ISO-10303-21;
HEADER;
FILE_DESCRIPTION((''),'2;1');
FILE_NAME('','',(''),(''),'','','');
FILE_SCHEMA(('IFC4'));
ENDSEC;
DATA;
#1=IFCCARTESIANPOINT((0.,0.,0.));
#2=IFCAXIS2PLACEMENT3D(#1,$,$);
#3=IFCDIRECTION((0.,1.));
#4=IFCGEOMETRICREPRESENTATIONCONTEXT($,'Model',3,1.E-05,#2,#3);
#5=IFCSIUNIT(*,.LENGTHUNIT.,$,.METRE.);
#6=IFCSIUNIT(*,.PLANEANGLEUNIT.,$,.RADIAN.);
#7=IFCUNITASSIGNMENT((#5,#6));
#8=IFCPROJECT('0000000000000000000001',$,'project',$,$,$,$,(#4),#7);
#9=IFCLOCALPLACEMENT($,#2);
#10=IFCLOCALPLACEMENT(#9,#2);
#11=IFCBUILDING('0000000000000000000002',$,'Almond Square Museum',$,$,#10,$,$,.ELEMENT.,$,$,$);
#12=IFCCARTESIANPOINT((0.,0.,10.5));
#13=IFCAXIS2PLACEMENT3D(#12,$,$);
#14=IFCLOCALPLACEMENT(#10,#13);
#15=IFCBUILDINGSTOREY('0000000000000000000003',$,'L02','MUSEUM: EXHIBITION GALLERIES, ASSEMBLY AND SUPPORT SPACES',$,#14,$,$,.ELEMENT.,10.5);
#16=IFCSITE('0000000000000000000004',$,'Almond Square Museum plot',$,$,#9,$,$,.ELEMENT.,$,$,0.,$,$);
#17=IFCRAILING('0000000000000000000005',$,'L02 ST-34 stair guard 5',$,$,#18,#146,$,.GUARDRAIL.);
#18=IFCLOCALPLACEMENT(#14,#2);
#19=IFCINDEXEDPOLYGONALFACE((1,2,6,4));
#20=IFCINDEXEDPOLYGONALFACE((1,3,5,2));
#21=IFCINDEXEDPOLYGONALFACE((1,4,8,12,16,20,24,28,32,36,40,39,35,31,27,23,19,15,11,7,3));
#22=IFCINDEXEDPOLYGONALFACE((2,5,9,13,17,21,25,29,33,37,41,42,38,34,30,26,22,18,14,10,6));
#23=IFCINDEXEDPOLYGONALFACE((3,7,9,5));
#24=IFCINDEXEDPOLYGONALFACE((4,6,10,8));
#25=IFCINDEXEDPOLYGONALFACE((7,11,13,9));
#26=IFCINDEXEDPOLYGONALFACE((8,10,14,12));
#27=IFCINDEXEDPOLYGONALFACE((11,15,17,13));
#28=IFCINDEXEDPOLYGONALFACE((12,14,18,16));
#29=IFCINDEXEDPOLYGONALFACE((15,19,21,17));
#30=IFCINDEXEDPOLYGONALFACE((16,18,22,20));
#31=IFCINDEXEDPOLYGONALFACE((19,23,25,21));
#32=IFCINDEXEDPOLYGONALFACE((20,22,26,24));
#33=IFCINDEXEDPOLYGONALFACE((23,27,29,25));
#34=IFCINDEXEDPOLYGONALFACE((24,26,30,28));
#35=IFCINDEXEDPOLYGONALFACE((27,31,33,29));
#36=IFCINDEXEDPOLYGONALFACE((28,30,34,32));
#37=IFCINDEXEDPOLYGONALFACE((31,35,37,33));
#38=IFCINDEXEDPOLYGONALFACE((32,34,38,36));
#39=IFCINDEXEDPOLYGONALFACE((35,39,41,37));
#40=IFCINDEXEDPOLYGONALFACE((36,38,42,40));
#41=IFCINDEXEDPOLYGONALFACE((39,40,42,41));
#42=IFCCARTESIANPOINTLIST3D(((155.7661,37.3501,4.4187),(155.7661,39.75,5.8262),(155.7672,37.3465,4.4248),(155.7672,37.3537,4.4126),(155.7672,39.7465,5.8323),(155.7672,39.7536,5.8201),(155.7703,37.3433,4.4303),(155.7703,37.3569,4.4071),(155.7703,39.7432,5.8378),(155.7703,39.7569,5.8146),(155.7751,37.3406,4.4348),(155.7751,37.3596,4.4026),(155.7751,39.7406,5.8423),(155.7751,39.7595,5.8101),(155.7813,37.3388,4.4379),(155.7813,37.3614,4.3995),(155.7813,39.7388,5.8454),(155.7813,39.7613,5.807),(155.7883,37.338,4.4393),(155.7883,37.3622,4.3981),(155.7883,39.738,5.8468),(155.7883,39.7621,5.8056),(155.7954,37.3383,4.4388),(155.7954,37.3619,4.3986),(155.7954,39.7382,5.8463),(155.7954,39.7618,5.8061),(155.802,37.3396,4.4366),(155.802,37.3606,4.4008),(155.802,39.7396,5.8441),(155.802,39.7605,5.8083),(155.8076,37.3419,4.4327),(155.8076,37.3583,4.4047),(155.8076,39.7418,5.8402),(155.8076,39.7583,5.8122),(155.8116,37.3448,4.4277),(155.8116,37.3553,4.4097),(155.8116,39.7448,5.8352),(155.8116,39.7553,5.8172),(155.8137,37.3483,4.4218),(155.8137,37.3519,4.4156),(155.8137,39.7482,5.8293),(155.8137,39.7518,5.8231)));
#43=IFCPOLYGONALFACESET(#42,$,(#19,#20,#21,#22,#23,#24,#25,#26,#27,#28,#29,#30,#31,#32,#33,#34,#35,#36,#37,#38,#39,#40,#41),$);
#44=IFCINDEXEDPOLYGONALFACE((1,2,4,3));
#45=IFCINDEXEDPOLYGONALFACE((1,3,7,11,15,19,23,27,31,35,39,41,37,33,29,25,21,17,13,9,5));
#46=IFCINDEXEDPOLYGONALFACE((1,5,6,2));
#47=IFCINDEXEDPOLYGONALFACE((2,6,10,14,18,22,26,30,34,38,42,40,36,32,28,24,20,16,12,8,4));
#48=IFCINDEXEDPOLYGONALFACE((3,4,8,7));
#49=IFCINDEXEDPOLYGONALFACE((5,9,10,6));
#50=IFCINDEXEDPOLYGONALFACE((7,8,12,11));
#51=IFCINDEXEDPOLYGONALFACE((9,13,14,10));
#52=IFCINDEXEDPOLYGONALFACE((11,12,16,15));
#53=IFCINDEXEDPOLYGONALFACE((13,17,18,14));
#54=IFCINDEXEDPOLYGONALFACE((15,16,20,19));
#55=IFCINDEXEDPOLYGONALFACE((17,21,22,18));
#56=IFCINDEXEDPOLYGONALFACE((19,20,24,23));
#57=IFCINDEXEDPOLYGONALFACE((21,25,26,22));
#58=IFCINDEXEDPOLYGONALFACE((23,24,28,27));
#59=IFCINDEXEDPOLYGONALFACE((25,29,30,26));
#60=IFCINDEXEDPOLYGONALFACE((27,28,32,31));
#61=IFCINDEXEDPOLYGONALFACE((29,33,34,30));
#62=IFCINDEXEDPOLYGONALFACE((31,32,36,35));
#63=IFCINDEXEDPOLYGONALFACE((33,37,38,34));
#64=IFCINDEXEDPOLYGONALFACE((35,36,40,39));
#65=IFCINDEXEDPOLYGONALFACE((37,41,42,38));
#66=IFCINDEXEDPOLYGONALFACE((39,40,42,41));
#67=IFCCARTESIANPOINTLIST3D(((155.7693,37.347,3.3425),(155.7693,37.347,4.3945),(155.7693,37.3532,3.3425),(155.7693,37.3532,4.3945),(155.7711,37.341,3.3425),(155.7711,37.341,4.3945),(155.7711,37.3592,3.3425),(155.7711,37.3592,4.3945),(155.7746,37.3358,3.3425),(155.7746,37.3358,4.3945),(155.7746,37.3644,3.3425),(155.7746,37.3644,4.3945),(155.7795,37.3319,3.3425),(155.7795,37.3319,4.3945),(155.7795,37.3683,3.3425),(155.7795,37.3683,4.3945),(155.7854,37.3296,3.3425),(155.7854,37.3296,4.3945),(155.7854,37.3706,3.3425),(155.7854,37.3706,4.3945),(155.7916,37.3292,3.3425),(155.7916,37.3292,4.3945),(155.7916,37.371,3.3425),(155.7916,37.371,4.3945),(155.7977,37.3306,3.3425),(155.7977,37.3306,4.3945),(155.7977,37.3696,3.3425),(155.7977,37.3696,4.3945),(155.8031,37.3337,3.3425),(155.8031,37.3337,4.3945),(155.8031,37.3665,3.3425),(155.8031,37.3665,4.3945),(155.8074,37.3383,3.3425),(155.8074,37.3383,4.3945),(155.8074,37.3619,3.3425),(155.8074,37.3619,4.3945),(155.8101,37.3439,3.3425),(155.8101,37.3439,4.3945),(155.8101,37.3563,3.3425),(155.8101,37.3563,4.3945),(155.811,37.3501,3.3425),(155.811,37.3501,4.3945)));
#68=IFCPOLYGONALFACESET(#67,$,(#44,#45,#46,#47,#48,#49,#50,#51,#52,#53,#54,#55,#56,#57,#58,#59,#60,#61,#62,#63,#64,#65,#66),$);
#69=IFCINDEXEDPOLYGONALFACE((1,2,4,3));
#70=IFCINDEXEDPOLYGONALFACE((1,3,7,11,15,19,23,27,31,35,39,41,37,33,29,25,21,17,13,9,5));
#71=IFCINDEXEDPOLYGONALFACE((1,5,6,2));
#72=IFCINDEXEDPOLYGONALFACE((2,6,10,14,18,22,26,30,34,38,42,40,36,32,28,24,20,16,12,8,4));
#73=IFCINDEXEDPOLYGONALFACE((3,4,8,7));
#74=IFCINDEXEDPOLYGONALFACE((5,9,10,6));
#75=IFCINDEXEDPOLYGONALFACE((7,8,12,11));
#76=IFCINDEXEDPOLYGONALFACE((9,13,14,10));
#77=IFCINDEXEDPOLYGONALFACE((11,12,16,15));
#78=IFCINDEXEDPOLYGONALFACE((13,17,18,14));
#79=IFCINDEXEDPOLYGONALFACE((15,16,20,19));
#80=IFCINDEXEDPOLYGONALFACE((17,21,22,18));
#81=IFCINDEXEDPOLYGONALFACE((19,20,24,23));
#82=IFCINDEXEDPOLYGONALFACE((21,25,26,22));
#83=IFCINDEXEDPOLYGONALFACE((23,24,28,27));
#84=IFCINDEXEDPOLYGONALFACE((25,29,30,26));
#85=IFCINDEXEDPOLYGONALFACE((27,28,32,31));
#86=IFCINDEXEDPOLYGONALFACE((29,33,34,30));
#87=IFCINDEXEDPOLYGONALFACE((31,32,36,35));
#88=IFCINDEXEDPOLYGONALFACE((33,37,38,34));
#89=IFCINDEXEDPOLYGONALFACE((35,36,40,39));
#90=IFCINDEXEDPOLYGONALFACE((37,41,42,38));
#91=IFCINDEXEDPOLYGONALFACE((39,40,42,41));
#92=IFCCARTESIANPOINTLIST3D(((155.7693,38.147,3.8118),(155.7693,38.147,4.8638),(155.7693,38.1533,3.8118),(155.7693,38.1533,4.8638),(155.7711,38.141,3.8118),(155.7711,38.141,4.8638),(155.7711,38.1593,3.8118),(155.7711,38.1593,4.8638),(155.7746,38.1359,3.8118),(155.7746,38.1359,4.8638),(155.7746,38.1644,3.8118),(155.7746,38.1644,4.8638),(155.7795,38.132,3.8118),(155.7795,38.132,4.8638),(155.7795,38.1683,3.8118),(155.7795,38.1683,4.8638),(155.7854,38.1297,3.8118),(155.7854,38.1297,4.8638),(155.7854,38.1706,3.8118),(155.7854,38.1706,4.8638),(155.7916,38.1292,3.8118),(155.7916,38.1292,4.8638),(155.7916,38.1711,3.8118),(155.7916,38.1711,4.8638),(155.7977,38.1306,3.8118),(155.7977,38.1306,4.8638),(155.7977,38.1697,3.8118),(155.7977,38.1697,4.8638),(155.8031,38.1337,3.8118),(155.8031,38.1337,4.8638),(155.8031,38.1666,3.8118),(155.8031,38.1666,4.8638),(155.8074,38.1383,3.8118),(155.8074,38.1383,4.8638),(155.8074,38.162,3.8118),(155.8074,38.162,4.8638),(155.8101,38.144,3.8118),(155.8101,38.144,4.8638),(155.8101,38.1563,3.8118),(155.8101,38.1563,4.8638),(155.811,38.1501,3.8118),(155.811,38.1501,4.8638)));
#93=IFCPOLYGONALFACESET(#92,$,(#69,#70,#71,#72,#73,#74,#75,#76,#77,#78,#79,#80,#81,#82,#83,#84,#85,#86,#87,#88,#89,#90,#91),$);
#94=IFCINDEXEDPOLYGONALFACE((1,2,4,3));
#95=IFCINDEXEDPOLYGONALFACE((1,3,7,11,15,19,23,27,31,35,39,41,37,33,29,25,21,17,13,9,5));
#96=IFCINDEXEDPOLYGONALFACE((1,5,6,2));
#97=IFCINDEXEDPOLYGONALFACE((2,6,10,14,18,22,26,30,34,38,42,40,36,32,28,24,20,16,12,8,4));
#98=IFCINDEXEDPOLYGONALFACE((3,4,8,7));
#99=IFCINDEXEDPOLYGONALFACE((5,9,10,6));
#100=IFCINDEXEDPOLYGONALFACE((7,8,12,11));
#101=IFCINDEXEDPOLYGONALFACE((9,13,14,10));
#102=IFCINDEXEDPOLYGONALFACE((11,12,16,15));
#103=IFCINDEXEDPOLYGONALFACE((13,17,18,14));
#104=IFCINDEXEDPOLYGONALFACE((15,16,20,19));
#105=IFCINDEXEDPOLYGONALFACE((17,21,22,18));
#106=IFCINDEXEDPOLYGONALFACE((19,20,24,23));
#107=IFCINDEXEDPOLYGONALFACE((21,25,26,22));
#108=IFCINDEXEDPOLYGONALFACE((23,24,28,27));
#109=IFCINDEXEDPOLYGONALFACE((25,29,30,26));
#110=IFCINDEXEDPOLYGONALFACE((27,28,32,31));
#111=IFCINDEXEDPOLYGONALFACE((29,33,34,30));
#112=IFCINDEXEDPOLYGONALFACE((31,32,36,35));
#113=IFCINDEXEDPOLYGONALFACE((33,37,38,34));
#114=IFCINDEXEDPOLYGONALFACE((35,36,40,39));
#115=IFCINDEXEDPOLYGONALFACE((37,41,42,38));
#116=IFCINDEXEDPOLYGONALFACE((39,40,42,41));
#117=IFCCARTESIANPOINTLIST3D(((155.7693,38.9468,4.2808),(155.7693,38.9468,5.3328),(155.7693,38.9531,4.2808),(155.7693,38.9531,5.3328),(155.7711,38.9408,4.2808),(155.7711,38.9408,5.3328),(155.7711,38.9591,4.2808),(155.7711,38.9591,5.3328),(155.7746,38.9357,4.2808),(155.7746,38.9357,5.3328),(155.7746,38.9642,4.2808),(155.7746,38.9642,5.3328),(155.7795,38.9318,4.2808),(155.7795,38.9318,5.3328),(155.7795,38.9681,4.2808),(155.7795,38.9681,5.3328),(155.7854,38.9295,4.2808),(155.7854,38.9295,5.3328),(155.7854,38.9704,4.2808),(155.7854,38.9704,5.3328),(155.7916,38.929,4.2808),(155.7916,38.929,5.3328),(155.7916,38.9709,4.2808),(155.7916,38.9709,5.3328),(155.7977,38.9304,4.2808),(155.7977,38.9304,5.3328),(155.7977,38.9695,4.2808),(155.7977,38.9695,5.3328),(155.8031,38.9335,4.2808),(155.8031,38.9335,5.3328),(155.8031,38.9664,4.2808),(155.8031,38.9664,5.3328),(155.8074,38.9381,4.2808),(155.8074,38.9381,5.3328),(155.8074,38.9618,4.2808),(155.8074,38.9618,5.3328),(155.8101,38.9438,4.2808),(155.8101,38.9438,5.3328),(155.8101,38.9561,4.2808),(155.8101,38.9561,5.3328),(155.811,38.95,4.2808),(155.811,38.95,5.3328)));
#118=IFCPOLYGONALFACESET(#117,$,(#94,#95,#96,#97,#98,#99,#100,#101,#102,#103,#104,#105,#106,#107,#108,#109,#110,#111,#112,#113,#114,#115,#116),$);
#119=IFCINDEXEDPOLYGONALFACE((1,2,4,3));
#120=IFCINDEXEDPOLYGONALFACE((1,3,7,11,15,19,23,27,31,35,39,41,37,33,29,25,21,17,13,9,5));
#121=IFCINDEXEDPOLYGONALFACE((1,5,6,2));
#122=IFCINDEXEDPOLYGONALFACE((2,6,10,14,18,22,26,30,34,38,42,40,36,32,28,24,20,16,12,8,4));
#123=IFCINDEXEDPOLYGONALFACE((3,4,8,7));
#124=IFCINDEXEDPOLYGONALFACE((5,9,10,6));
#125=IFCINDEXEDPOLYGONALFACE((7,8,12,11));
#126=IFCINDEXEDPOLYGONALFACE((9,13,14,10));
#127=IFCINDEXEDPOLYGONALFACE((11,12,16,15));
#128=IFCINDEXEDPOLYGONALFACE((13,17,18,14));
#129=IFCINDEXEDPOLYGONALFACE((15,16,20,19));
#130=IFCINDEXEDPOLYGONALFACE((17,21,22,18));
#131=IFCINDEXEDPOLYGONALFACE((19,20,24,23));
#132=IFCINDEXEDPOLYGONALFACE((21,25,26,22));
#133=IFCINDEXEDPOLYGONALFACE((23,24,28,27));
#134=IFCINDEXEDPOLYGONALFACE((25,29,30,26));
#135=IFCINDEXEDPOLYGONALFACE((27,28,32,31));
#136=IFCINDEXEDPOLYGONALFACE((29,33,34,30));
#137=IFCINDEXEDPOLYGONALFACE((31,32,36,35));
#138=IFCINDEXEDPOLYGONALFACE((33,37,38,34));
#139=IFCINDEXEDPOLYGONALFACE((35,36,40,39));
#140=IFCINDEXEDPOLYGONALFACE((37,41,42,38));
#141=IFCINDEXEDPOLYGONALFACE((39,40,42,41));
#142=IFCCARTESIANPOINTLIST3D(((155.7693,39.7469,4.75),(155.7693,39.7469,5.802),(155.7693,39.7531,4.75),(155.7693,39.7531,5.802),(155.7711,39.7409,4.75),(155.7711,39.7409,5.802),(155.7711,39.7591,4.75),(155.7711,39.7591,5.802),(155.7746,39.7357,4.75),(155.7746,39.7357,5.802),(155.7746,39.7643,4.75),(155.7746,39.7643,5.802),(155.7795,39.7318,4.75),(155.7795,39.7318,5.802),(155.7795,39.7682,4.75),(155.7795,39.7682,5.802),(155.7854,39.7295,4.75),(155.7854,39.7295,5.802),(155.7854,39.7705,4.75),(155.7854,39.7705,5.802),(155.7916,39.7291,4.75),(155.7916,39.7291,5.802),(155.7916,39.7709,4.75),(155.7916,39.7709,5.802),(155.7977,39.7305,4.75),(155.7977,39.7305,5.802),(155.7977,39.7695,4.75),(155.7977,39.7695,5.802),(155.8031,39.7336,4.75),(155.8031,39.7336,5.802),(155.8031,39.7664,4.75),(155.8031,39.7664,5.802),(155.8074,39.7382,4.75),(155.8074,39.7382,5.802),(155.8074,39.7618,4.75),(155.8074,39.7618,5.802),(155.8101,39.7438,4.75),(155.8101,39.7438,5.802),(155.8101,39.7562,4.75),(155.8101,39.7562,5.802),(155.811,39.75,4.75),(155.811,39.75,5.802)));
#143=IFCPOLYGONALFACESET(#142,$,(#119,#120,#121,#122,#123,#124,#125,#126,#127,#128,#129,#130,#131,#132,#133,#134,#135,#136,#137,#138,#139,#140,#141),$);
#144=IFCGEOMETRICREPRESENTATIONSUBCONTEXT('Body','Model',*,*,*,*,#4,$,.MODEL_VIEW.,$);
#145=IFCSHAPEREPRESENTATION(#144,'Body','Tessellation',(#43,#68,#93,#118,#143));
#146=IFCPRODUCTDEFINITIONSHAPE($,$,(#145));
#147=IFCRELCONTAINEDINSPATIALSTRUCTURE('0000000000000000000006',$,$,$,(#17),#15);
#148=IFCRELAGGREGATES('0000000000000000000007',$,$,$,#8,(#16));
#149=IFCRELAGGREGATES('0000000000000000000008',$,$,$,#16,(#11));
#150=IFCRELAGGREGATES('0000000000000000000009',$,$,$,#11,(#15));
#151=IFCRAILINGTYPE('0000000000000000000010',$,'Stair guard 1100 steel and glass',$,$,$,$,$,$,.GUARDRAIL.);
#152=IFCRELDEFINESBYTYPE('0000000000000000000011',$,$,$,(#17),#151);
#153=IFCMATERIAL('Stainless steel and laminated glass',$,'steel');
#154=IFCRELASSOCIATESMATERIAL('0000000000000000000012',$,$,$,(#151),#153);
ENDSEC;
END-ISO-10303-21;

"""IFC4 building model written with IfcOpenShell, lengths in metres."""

from ifc_helpers import new_model, si_unit, direction, frame, origin, origin_2d, place, context, subcontext, project, spatial, circle, extrude, material, type_object, element, save


model = new_model("IFC4")

# Units and contexts
model_context = context("Model", 3, precision=1e-05, world=origin(), true_north=direction((0.0, 1.0)))
body_context = subcontext(model_context, "Body", "Model", "MODEL_VIEW")
ifc_project = project(units=[si_unit("LENGTHUNIT", "METRE"), si_unit("PLANEANGLEUNIT", "RADIAN")], contexts=[model_context])

# Site, building, storey
site_placement = place(None, origin())
site = spatial("IfcSite", under=ifc_project, at=site_placement, Name="Almond Square Museum plot", CompositionType="ELEMENT", RefElevation=0.0)
building_placement = place(site_placement, origin())
building = spatial("IfcBuilding", under=site, at=building_placement, Name="Almond Square Museum", CompositionType="ELEMENT")
storey_placement = place(building_placement, frame((0.0, 0.0, 10.5)))
storey = spatial("IfcBuildingStorey", under=building, at=storey_placement, Name="L02", Description="MUSEUM: EXHIBITION GALLERIES, ASSEMBLY AND SUPPORT SPACES", CompositionType="ELEMENT", Elevation=10.5)

# Railing
ifc_material_1 = material(Name="Stainless steel and laminated glass", Category="steel")
railing_type_1 = type_object("IfcRailingType", Name="Stair guard 1100 steel and glass", PredefinedType="GUARDRAIL", material=ifc_material_1)
railing_1_placement = place(storey_placement, frame((155.79, 37.3501, 3.3425)))
element("IfcRailing", 1, at=railing_1_placement, inside=storey, type_object=railing_type_1, Name="L02 ST-34 stair guard 5", PredefinedType="GUARDRAIL", context=body_context, shape_type="SweptSolid", body=[
    extrude(circle(Radius=0.0239, at=origin_2d()), frame((0.0, 0.0, 1.0762), z_axis=(0.0, 0.862599, 0.505888), x_axis=(-1.0, 0.0, 0.0)), (0.0, 0.0, 1.0), 2.7822),
    extrude(circle(Radius=0.021, at=origin_2d()), origin(), (0.0, 0.0, 1.0), 1.052),
    extrude(circle(Radius=0.021, at=origin_2d()), frame((0.0, 0.8, 0.4692)), (0.0, 0.0, 1.0), 1.052),
    extrude(circle(Radius=0.021, at=origin_2d()), frame((0.0, 1.5999, 0.9382)), (0.0, 0.0, 1.0), 1.052),
    extrude(circle(Radius=0.021, at=origin_2d()), frame((0.0, 2.3999, 1.4075)), (0.0, 0.0, 1.0), 1.052),
])

save(model, "model.ifc")
